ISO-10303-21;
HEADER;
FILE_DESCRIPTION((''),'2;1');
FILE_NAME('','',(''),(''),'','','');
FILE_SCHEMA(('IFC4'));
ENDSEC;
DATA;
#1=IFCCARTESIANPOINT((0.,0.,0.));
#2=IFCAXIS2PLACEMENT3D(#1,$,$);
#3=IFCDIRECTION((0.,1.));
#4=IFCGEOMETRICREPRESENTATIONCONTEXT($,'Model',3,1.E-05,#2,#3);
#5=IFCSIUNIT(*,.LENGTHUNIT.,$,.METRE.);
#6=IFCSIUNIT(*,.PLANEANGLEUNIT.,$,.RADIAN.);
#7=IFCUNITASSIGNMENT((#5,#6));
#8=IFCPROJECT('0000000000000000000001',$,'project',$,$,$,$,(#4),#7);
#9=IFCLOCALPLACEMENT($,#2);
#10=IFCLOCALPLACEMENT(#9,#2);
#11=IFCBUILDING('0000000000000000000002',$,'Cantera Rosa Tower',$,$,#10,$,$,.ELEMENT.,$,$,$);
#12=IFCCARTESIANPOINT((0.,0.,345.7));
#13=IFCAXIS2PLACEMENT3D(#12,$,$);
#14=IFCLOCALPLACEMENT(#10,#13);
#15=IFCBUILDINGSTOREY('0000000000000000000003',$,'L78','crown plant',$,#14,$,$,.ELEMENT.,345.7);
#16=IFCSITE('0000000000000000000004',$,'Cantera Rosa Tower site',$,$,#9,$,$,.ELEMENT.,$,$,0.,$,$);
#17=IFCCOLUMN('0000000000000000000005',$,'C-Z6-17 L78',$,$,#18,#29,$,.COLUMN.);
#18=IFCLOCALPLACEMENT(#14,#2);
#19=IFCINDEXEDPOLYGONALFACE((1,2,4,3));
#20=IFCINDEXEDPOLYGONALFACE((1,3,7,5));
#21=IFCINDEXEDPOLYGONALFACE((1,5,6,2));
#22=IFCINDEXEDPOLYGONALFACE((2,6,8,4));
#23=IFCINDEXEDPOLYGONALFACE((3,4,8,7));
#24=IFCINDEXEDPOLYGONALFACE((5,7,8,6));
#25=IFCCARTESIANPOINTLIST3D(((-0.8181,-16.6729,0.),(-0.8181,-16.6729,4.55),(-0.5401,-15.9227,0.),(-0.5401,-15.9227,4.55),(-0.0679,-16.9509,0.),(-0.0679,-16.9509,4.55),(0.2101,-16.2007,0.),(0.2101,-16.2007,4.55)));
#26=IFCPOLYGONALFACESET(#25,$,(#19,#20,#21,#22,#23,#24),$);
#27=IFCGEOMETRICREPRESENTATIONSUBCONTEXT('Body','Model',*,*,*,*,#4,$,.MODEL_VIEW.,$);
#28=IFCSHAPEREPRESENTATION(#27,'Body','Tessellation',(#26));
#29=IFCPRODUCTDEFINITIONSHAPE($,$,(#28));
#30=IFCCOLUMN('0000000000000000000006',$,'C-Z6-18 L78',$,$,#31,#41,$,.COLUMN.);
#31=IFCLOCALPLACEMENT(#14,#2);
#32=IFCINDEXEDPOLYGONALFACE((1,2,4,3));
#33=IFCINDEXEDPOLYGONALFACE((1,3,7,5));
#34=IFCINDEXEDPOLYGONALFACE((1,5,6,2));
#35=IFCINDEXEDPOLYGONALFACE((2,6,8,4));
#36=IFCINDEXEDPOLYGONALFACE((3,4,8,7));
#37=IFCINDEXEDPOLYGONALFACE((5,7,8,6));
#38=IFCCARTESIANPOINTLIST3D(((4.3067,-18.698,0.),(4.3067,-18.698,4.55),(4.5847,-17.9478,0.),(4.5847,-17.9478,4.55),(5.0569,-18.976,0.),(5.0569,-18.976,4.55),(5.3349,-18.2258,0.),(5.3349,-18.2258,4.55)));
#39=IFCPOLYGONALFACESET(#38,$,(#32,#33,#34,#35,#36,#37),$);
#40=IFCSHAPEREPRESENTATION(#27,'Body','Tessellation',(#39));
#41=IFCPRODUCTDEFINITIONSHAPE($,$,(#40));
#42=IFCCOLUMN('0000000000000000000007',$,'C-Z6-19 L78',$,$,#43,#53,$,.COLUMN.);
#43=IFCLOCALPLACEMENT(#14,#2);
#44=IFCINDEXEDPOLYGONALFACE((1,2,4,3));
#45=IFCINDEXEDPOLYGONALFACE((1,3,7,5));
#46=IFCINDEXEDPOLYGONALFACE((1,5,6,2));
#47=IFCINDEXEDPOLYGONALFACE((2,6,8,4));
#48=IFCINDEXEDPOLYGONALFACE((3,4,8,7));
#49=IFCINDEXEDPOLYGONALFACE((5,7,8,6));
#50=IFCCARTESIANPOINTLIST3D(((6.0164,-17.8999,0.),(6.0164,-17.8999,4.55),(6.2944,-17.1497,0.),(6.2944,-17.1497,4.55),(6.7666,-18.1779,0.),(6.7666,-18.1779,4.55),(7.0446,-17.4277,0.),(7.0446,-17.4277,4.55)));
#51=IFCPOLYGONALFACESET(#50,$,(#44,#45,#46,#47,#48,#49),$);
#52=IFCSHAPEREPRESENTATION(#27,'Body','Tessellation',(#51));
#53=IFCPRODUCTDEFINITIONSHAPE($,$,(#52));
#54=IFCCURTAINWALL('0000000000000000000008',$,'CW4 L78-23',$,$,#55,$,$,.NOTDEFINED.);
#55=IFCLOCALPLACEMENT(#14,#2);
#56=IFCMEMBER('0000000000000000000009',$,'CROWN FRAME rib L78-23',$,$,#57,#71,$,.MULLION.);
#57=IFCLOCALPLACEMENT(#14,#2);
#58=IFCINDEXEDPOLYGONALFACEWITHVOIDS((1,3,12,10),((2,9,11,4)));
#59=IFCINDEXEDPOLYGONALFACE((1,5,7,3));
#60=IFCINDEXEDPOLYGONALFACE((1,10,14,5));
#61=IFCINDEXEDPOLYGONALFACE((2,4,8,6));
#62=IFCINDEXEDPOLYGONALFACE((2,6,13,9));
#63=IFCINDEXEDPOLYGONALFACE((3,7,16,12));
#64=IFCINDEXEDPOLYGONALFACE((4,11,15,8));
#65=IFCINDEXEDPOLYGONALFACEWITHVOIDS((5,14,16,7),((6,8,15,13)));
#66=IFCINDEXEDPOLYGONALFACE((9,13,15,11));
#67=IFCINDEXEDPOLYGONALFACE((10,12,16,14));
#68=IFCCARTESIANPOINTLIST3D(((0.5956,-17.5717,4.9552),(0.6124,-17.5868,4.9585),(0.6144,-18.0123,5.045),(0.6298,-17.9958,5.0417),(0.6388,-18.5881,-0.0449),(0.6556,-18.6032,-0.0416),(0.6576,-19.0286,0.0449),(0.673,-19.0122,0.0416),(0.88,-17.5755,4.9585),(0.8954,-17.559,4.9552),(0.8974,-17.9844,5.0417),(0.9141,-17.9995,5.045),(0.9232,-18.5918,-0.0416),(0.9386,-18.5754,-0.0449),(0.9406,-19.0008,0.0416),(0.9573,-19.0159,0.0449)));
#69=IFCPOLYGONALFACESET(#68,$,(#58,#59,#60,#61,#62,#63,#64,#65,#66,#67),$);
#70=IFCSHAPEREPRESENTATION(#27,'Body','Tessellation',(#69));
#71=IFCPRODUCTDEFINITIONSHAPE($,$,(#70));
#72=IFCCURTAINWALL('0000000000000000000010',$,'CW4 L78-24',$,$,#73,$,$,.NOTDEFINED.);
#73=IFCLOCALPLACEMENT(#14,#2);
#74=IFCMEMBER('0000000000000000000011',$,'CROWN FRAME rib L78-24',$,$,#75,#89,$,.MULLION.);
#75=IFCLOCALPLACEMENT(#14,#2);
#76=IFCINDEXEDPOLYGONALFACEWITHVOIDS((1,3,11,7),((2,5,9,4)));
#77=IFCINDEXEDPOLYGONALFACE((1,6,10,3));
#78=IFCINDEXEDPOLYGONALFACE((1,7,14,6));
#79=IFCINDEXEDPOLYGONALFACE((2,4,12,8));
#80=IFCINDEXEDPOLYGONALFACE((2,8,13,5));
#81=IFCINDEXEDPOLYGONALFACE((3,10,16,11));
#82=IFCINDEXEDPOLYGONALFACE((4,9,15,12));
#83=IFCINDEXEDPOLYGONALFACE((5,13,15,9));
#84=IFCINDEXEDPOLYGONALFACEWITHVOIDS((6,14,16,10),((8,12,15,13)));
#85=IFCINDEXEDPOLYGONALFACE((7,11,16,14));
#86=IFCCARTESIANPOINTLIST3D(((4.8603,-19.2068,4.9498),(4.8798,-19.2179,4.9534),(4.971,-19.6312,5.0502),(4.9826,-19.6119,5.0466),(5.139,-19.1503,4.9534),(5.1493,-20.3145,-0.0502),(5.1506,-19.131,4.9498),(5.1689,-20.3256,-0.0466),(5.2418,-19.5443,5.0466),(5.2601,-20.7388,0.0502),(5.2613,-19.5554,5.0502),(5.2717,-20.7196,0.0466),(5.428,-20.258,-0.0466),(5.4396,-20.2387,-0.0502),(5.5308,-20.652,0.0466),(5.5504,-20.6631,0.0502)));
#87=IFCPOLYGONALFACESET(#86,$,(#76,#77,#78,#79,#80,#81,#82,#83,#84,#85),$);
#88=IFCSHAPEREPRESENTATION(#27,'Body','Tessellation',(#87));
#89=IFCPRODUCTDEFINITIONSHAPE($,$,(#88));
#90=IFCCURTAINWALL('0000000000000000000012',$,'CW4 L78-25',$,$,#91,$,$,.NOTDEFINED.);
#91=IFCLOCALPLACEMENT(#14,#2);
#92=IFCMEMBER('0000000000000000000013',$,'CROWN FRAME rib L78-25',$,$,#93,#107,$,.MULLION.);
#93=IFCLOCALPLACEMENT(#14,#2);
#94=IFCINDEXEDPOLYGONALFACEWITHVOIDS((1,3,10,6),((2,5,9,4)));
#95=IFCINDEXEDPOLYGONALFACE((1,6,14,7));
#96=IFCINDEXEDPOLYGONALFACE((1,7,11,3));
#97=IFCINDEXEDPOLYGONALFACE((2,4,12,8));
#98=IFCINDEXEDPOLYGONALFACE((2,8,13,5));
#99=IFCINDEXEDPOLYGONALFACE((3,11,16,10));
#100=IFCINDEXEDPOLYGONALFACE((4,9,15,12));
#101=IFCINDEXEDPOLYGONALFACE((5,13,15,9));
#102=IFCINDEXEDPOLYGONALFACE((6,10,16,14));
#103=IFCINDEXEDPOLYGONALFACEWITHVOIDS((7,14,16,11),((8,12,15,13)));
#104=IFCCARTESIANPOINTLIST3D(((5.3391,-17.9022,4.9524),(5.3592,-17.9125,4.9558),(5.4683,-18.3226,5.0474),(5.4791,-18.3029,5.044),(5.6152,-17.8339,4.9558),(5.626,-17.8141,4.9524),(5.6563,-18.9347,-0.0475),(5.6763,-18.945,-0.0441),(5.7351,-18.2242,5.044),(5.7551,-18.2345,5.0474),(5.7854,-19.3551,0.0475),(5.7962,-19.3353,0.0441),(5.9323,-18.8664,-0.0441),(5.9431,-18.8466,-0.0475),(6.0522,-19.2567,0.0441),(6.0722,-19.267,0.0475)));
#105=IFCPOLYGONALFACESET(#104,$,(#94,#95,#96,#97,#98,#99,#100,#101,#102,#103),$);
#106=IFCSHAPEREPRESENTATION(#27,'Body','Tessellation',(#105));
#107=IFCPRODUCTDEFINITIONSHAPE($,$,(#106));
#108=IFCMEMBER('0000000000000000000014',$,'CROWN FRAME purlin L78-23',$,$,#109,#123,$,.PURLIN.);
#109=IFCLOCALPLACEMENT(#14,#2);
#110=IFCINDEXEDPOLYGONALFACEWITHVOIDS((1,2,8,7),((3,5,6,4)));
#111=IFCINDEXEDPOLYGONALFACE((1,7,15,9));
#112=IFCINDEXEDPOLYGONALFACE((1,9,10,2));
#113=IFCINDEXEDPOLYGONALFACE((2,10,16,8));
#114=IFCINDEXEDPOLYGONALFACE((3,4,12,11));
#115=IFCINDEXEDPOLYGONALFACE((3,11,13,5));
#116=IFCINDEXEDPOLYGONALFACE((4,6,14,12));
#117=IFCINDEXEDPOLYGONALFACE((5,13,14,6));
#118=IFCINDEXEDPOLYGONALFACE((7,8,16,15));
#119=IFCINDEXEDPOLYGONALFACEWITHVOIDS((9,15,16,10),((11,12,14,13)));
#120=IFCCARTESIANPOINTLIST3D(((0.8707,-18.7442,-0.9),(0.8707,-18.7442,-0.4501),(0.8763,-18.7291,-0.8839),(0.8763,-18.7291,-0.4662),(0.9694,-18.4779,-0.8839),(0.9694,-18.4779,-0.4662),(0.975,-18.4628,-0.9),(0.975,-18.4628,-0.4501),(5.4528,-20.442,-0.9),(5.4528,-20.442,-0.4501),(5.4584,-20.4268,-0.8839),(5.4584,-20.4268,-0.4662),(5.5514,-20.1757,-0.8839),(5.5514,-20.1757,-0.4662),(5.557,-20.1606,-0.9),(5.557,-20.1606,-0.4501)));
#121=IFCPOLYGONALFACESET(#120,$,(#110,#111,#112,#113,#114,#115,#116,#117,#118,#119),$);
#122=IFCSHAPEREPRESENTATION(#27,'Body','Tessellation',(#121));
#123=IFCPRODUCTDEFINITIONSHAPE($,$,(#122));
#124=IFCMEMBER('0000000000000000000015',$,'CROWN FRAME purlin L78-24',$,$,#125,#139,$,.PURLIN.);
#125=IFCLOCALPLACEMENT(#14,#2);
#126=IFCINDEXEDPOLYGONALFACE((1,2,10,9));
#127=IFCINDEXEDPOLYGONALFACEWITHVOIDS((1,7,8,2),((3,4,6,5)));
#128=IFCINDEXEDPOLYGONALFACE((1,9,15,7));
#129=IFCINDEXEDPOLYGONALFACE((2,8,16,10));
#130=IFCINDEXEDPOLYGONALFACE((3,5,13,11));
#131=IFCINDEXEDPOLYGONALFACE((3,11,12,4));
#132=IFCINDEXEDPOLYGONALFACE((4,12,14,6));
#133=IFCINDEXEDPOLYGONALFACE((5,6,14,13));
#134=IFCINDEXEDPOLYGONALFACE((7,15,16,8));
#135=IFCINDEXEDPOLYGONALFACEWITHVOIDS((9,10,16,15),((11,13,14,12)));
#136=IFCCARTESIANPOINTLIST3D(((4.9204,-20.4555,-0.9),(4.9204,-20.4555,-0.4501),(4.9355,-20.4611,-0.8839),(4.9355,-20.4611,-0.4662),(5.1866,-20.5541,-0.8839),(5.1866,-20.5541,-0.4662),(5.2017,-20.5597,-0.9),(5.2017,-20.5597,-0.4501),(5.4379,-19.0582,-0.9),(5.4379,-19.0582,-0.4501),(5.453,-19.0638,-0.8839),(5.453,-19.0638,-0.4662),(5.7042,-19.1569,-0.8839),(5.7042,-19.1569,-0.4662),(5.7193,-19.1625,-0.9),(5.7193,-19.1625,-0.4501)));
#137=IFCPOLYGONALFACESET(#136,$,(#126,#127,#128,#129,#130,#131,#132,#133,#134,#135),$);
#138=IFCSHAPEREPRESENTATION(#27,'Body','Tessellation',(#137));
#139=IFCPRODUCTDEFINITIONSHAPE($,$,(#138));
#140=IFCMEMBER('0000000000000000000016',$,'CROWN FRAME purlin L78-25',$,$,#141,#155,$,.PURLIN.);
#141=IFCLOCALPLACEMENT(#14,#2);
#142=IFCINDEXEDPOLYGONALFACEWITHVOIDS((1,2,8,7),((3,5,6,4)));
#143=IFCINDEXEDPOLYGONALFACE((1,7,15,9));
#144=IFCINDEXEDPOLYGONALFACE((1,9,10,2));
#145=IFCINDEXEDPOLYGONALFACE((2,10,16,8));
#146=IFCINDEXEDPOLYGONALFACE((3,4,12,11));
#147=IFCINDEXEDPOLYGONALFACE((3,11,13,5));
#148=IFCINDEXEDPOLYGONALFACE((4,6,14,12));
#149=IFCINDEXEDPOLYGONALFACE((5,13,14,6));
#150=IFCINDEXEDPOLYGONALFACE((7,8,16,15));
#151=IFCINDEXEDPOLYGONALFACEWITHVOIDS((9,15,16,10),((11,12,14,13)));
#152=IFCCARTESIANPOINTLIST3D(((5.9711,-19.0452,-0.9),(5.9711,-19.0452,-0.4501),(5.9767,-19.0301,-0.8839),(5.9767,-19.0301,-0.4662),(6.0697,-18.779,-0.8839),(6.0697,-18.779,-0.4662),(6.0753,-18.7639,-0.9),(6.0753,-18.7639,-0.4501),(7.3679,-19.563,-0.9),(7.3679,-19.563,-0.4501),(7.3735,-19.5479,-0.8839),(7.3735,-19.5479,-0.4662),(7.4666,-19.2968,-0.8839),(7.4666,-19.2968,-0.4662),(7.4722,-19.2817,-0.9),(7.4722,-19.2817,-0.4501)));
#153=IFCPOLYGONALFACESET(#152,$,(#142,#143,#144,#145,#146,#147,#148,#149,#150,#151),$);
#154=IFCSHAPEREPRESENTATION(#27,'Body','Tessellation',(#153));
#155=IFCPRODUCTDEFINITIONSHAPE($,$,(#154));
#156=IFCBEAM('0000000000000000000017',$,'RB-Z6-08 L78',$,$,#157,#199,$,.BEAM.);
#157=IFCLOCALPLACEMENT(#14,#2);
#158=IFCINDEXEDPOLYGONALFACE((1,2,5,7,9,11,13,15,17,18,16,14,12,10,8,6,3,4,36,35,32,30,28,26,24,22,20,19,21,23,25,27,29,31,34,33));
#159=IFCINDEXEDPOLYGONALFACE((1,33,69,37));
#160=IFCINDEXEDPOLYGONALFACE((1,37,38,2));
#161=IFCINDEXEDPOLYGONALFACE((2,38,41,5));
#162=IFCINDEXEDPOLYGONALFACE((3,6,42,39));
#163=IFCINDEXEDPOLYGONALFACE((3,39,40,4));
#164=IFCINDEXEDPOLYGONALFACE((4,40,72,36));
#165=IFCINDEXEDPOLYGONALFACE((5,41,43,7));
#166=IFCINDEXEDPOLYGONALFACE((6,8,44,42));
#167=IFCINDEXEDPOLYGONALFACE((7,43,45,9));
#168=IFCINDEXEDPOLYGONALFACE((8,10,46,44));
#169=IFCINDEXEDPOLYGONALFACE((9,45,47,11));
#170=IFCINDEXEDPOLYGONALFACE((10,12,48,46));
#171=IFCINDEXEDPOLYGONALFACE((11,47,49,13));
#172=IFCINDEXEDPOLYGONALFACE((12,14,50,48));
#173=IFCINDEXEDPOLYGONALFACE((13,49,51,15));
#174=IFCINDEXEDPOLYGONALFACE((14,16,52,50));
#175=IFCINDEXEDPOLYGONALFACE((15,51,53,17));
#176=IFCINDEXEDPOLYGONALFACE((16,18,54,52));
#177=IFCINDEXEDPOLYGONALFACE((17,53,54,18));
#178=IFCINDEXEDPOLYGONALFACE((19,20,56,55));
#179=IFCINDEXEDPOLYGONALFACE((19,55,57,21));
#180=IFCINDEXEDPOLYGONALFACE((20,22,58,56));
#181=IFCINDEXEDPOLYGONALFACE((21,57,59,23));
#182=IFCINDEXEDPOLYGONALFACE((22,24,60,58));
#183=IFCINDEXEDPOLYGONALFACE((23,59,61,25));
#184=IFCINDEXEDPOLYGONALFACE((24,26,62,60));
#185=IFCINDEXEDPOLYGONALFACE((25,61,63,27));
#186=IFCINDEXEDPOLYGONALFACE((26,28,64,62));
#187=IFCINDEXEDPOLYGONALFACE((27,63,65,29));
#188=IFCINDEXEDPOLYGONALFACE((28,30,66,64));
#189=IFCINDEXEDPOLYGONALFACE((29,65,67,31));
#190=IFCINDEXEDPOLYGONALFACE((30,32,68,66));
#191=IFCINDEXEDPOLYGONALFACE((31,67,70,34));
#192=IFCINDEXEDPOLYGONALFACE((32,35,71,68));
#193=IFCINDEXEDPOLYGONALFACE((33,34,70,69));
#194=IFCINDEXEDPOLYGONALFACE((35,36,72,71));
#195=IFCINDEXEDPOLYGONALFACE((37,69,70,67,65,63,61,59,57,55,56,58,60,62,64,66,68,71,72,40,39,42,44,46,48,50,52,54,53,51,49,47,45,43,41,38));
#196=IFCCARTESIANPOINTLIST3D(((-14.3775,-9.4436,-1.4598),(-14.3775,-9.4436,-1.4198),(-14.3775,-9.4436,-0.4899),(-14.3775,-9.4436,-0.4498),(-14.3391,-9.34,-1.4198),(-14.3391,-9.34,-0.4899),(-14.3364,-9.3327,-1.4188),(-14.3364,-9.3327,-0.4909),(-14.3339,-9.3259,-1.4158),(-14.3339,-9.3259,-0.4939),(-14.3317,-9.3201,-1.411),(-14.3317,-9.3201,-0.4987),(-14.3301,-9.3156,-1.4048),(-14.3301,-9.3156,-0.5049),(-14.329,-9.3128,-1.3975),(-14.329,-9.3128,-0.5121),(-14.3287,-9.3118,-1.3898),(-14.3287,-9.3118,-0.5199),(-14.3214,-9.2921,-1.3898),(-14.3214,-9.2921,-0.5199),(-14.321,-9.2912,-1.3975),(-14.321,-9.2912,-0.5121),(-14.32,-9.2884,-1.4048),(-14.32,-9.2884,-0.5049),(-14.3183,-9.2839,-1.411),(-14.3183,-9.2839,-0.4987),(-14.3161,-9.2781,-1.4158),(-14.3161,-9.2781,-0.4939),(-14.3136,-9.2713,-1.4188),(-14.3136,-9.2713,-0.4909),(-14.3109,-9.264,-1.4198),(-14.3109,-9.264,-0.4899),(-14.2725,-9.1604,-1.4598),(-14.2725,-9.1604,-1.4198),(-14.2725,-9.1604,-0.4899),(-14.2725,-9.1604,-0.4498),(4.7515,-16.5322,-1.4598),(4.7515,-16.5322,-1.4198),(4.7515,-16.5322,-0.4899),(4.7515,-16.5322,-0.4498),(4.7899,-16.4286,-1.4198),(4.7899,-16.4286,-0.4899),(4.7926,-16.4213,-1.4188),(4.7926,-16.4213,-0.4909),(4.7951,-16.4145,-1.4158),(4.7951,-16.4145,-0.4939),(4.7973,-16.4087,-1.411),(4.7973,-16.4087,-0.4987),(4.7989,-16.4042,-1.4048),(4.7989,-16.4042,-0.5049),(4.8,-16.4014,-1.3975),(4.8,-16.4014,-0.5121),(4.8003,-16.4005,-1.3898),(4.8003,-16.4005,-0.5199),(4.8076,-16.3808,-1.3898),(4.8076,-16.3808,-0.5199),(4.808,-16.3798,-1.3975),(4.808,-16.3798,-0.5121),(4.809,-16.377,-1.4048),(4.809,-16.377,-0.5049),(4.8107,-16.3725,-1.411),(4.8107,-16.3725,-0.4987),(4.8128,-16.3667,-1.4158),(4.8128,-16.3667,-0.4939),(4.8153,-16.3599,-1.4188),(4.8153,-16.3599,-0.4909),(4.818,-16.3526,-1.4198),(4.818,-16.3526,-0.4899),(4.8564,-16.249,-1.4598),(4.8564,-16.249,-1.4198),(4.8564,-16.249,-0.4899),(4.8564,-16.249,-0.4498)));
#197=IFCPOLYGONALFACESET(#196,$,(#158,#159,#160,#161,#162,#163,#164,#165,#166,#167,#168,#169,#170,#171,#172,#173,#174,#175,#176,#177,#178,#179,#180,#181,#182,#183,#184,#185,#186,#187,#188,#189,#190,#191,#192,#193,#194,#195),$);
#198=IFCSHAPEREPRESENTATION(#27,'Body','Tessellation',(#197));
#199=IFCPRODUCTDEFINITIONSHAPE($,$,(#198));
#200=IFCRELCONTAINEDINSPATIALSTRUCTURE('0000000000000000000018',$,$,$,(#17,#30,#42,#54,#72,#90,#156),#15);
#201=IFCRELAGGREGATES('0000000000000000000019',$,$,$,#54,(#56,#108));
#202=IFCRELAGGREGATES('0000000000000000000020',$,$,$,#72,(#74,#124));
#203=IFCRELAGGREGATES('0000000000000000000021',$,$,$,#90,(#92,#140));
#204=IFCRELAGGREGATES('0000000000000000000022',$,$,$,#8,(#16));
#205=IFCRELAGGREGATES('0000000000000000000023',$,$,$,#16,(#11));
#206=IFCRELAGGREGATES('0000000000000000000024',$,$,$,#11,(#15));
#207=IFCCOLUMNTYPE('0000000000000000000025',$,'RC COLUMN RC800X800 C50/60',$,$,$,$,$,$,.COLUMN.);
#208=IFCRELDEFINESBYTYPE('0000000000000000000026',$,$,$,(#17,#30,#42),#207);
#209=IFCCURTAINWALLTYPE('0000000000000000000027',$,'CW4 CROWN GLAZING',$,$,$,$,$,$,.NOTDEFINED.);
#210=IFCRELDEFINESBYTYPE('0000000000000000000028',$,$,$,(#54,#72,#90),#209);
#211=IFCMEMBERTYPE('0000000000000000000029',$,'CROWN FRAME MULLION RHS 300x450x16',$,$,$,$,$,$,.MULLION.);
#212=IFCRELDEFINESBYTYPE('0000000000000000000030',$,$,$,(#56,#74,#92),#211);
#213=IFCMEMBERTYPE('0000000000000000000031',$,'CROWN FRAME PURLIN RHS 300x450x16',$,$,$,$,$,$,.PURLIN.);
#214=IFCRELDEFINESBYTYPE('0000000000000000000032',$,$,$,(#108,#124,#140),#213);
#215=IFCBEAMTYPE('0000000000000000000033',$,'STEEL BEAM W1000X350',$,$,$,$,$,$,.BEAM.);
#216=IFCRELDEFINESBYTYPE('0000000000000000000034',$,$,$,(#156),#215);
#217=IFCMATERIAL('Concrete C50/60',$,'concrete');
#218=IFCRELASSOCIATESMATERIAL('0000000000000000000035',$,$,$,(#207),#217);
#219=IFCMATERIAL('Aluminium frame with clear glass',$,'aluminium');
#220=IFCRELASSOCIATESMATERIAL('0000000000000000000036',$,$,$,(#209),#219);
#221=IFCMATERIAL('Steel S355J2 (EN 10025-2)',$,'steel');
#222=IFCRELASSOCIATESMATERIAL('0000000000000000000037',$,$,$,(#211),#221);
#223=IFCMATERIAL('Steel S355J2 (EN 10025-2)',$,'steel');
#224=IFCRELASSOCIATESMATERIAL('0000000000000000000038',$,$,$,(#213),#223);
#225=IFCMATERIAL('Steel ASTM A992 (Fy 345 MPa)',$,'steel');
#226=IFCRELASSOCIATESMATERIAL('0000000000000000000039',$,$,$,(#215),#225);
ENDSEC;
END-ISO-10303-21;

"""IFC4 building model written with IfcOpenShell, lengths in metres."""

from ifc_helpers import new_model, si_unit, direction, frame, origin, origin_2d, place, context, subcontext, project, spatial, rectangle, hollow_rectangle, i_section, extrude, material, material_profile, profile_set, type_object, element, aggregate, save


model = new_model("IFC4")

# Units and contexts
model_context = context("Model", 3, precision=1e-05, world=origin(), true_north=direction((0.0, 1.0)))
body_context = subcontext(model_context, "Body", "Model", "MODEL_VIEW")
ifc_project = project(units=[si_unit("LENGTHUNIT", "METRE"), si_unit("PLANEANGLEUNIT", "RADIAN")], contexts=[model_context])

# Site, building, storey
site_placement = place(None, origin())
site = spatial("IfcSite", under=ifc_project, at=site_placement, Name="Cantera Rosa Tower site", CompositionType="ELEMENT", RefElevation=0.0)
building_placement = place(site_placement, origin())
building = spatial("IfcBuilding", under=site, at=building_placement, Name="Cantera Rosa Tower", CompositionType="ELEMENT")
storey_placement = place(building_placement, frame((0.0, 0.0, 345.7)))
storey = spatial("IfcBuildingStorey", under=building, at=storey_placement, Name="L78", Description="crown plant", CompositionType="ELEMENT", Elevation=345.7)

# Columns
ifc_material_1 = material(Name="Concrete C50/60", Category="concrete")
ifc_material_profile_1 = material_profile(ifc_material_1, rectangle(XDim=0.8, YDim=0.8, at=origin_2d()), Name="RC COLUMN RC800X800 C50/60")
ifc_profile_set_1 = profile_set([ifc_material_profile_1], Name="Concrete C50/60")
column_type = type_object("IfcColumnType", Name="RC COLUMN RC800X800 C50/60", PredefinedType="COLUMN", material=ifc_profile_set_1)
for number, where, z_axis, x_axis, name in (
    (1, (-0.304, -16.4368, 0.0), (0.0, 0.0, 1.0), (0.347481, 0.937687, 0.0), "C-Z6-17 L78"),
    (2, (4.8208, -18.4619, 0.0), (0.0, 0.0, 1.0), (0.347481, 0.937687, 0.0), "C-Z6-18 L78"),
    (3, (6.5305, -17.6638, 0.0), (0.0, 0.0, 1.0), (0.347481, 0.937687, 0.0), "C-Z6-19 L78"),
):
    element("IfcColumn", number, at=place(storey_placement, frame(where, z_axis=z_axis, x_axis=x_axis)), inside=storey, type_object=column_type, Name=name, PredefinedType="COLUMN", context=body_context, shape_type="SweptSolid", body=[
        extrude(rectangle(XDim=0.8, YDim=0.8, at=origin_2d()), origin(), (0.0, 0.0, 1.0), 4.55),
    ])

# Curtain walls, members
ifc_material_2 = material(Name="Aluminium frame with clear glass", Category="aluminium")
curtain_wall_type = type_object("IfcCurtainWallType", Name="CW4 CROWN GLAZING", PredefinedType="NOTDEFINED", material=ifc_material_2)
curtain_wall_1_placement = place(storey_placement, origin())
curtain_wall_1 = element("IfcCurtainWall", 4, at=curtain_wall_1_placement, inside=storey, type_object=curtain_wall_type, Name="CW4 L78-23", PredefinedType="NOTDEFINED")
ifc_material_3 = material(Name="Steel S355J2 (EN 10025-2)", Category="steel")
ifc_material_profile_2 = material_profile(ifc_material_3, hollow_rectangle(XDim=0.3, YDim=0.45, WallThickness=0.0161, at=origin_2d()), Name="CROWN FRAME MULLION RHS 300x450x16")
ifc_profile_set_2 = profile_set([ifc_material_profile_2], Name="Steel S355J2 (EN 10025-2)")
member_type_1 = type_object("IfcMemberType", Name="CROWN FRAME MULLION RHS 300x450x16", PredefinedType="MULLION", material=ifc_profile_set_2)
member_1_placement = place(storey_placement, frame((0.7981, -18.802, 0.0), z_axis=(-0.008469, 0.199191, 0.979924), x_axis=(-0.999097, -0.042479, 0.0)))
member_1 = element("IfcMember", 5, at=member_1_placement, type_object=member_type_1, Name="CROWN FRAME rib L78-23", PredefinedType="MULLION", context=body_context, shape_type="SweptSolid", body=[
    extrude(hollow_rectangle(XDim=0.3, YDim=0.45, WallThickness=0.0161, at=origin_2d()), origin(), (0.0, 0.0, 1.0), 5.1025),
])
curtain_wall_2_placement = place(storey_placement, origin())
curtain_wall_2 = element("IfcCurtainWall", 6, at=curtain_wall_2_placement, inside=storey, type_object=curtain_wall_type, Name="CW4 L78-24", PredefinedType="NOTDEFINED")
member_2_placement = place(storey_placement, frame((5.3499, -20.4888, 0.0), z_axis=(-0.056354, 0.215946, 0.974778), x_axis=(-0.967595, -0.252509, 0.0)))
member_2 = element("IfcMember", 7, at=member_2_placement, type_object=member_type_1, Name="CROWN FRAME rib L78-24", PredefinedType="MULLION", context=body_context, shape_type="SweptSolid", body=[
    extrude(hollow_rectangle(XDim=0.3, YDim=0.45, WallThickness=0.0161, at=origin_2d()), origin(), (0.0, 0.0, 1.0), 5.1294),
])
curtain_wall_3_placement = place(storey_placement, origin())
curtain_wall_3 = element("IfcCurtainWall", 8, at=curtain_wall_3_placement, inside=storey, type_object=curtain_wall_type, Name="CW4 L78-25", PredefinedType="NOTDEFINED")
member_3_placement = place(storey_placement, frame((5.8643, -19.1008, 0.0), z_axis=(-0.061998, 0.201839, 0.977455), x_axis=(-0.955921, -0.293625, 0.0)))
member_3 = element("IfcMember", 9, at=member_3_placement, type_object=member_type_1, Name="CROWN FRAME rib L78-25", PredefinedType="MULLION", context=body_context, shape_type="SweptSolid", body=[
    extrude(hollow_rectangle(XDim=0.3, YDim=0.45, WallThickness=0.0161, at=origin_2d()), origin(), (0.0, 0.0, 1.0), 5.1152),
])

# Members
ifc_material_4 = material(Name="Steel S355J2 (EN 10025-2)", Category="steel")
ifc_material_profile_3 = material_profile(ifc_material_4, hollow_rectangle(XDim=0.3, YDim=0.45, WallThickness=0.0161, at=origin_2d()), Name="CROWN FRAME PURLIN RHS 300x450x16")
ifc_profile_set_3 = profile_set([ifc_material_profile_3], Name="Steel S355J2 (EN 10025-2)")
member_type_2 = type_object("IfcMemberType", Name="CROWN FRAME PURLIN RHS 300x450x16", PredefinedType="PURLIN", material=ifc_profile_set_3)
member_4_placement = place(storey_placement, frame((0.9229, -18.6035, -0.675), z_axis=(0.937702, -0.347441, 0.0), x_axis=(0.347441, 0.937702, 0.0)))
member_4 = element("IfcMember", 10, at=member_4_placement, type_object=member_type_2, Name="CROWN FRAME purlin L78-23", PredefinedType="PURLIN", context=body_context, shape_type="SweptSolid", body=[
    extrude(hollow_rectangle(XDim=0.3, YDim=0.45, WallThickness=0.0161, at=origin_2d()), origin(), (0.0, 0.0, 1.0), 4.8865),
])
member_5_placement = place(storey_placement, frame((5.061, -20.5076, -0.675), z_axis=(0.347368, 0.937729, 0.0), x_axis=(-0.937729, 0.347368, 0.0)))
member_5 = element("IfcMember", 11, at=member_5_placement, type_object=member_type_2, Name="CROWN FRAME purlin L78-24", PredefinedType="PURLIN", context=body_context, shape_type="SweptSolid", body=[
    extrude(hollow_rectangle(XDim=0.3, YDim=0.45, WallThickness=0.0161, at=origin_2d()), origin(), (0.0, 0.0, 1.0), 1.49),
])
member_6_placement = place(storey_placement, frame((6.0232, -18.9045, -0.675), z_axis=(0.937656, -0.347565, 0.0), x_axis=(0.347565, 0.937656, 0.0)))
member_6 = element("IfcMember", 12, at=member_6_placement, type_object=member_type_2, Name="CROWN FRAME purlin L78-25", PredefinedType="PURLIN", context=body_context, shape_type="SweptSolid", body=[
    extrude(hollow_rectangle(XDim=0.3, YDim=0.45, WallThickness=0.0161, at=origin_2d()), origin(), (0.0, 0.0, 1.0), 1.4897),
])

# Beam
ifc_material_5 = material(Name="Steel ASTM A992 (Fy 345 MPa)", Category="steel")
ifc_material_profile_4 = material_profile(ifc_material_5, i_section(OverallWidth=0.302, OverallDepth=1.01, WebThickness=0.021, FlangeThickness=0.04, FilletRadius=0.03, at=origin_2d()), Name="W1000X350")
ifc_profile_set_4 = profile_set([ifc_material_profile_4], Name="Steel ASTM A992 (Fy 345 MPa)")
beam_type_1 = type_object("IfcBeamType", Name="STEEL BEAM W1000X350", PredefinedType="BEAM", material=ifc_profile_set_4)
beam_1_placement = place(storey_placement, frame((4.804, -16.3906, -0.9548), z_axis=(-0.937687, 0.34748, 0.0), x_axis=(-0.34748, -0.937687, 0.0)))
element("IfcBeam", 13, at=beam_1_placement, inside=storey, type_object=beam_type_1, Name="RB-Z6-08 L78", PredefinedType="BEAM", context=body_context, shape_type="SweptSolid", body=[
    extrude(i_section(OverallWidth=0.302, OverallDepth=1.01, WebThickness=0.021, FlangeThickness=0.04, FilletRadius=0.03, at=origin_2d()), origin(), (0.0, 0.0, 1.0), 20.4001),
])

aggregate(curtain_wall_1, [member_1, member_4])
aggregate(curtain_wall_2, [member_2, member_5])
aggregate(curtain_wall_3, [member_3, member_6])

save(model, "model.ifc")
